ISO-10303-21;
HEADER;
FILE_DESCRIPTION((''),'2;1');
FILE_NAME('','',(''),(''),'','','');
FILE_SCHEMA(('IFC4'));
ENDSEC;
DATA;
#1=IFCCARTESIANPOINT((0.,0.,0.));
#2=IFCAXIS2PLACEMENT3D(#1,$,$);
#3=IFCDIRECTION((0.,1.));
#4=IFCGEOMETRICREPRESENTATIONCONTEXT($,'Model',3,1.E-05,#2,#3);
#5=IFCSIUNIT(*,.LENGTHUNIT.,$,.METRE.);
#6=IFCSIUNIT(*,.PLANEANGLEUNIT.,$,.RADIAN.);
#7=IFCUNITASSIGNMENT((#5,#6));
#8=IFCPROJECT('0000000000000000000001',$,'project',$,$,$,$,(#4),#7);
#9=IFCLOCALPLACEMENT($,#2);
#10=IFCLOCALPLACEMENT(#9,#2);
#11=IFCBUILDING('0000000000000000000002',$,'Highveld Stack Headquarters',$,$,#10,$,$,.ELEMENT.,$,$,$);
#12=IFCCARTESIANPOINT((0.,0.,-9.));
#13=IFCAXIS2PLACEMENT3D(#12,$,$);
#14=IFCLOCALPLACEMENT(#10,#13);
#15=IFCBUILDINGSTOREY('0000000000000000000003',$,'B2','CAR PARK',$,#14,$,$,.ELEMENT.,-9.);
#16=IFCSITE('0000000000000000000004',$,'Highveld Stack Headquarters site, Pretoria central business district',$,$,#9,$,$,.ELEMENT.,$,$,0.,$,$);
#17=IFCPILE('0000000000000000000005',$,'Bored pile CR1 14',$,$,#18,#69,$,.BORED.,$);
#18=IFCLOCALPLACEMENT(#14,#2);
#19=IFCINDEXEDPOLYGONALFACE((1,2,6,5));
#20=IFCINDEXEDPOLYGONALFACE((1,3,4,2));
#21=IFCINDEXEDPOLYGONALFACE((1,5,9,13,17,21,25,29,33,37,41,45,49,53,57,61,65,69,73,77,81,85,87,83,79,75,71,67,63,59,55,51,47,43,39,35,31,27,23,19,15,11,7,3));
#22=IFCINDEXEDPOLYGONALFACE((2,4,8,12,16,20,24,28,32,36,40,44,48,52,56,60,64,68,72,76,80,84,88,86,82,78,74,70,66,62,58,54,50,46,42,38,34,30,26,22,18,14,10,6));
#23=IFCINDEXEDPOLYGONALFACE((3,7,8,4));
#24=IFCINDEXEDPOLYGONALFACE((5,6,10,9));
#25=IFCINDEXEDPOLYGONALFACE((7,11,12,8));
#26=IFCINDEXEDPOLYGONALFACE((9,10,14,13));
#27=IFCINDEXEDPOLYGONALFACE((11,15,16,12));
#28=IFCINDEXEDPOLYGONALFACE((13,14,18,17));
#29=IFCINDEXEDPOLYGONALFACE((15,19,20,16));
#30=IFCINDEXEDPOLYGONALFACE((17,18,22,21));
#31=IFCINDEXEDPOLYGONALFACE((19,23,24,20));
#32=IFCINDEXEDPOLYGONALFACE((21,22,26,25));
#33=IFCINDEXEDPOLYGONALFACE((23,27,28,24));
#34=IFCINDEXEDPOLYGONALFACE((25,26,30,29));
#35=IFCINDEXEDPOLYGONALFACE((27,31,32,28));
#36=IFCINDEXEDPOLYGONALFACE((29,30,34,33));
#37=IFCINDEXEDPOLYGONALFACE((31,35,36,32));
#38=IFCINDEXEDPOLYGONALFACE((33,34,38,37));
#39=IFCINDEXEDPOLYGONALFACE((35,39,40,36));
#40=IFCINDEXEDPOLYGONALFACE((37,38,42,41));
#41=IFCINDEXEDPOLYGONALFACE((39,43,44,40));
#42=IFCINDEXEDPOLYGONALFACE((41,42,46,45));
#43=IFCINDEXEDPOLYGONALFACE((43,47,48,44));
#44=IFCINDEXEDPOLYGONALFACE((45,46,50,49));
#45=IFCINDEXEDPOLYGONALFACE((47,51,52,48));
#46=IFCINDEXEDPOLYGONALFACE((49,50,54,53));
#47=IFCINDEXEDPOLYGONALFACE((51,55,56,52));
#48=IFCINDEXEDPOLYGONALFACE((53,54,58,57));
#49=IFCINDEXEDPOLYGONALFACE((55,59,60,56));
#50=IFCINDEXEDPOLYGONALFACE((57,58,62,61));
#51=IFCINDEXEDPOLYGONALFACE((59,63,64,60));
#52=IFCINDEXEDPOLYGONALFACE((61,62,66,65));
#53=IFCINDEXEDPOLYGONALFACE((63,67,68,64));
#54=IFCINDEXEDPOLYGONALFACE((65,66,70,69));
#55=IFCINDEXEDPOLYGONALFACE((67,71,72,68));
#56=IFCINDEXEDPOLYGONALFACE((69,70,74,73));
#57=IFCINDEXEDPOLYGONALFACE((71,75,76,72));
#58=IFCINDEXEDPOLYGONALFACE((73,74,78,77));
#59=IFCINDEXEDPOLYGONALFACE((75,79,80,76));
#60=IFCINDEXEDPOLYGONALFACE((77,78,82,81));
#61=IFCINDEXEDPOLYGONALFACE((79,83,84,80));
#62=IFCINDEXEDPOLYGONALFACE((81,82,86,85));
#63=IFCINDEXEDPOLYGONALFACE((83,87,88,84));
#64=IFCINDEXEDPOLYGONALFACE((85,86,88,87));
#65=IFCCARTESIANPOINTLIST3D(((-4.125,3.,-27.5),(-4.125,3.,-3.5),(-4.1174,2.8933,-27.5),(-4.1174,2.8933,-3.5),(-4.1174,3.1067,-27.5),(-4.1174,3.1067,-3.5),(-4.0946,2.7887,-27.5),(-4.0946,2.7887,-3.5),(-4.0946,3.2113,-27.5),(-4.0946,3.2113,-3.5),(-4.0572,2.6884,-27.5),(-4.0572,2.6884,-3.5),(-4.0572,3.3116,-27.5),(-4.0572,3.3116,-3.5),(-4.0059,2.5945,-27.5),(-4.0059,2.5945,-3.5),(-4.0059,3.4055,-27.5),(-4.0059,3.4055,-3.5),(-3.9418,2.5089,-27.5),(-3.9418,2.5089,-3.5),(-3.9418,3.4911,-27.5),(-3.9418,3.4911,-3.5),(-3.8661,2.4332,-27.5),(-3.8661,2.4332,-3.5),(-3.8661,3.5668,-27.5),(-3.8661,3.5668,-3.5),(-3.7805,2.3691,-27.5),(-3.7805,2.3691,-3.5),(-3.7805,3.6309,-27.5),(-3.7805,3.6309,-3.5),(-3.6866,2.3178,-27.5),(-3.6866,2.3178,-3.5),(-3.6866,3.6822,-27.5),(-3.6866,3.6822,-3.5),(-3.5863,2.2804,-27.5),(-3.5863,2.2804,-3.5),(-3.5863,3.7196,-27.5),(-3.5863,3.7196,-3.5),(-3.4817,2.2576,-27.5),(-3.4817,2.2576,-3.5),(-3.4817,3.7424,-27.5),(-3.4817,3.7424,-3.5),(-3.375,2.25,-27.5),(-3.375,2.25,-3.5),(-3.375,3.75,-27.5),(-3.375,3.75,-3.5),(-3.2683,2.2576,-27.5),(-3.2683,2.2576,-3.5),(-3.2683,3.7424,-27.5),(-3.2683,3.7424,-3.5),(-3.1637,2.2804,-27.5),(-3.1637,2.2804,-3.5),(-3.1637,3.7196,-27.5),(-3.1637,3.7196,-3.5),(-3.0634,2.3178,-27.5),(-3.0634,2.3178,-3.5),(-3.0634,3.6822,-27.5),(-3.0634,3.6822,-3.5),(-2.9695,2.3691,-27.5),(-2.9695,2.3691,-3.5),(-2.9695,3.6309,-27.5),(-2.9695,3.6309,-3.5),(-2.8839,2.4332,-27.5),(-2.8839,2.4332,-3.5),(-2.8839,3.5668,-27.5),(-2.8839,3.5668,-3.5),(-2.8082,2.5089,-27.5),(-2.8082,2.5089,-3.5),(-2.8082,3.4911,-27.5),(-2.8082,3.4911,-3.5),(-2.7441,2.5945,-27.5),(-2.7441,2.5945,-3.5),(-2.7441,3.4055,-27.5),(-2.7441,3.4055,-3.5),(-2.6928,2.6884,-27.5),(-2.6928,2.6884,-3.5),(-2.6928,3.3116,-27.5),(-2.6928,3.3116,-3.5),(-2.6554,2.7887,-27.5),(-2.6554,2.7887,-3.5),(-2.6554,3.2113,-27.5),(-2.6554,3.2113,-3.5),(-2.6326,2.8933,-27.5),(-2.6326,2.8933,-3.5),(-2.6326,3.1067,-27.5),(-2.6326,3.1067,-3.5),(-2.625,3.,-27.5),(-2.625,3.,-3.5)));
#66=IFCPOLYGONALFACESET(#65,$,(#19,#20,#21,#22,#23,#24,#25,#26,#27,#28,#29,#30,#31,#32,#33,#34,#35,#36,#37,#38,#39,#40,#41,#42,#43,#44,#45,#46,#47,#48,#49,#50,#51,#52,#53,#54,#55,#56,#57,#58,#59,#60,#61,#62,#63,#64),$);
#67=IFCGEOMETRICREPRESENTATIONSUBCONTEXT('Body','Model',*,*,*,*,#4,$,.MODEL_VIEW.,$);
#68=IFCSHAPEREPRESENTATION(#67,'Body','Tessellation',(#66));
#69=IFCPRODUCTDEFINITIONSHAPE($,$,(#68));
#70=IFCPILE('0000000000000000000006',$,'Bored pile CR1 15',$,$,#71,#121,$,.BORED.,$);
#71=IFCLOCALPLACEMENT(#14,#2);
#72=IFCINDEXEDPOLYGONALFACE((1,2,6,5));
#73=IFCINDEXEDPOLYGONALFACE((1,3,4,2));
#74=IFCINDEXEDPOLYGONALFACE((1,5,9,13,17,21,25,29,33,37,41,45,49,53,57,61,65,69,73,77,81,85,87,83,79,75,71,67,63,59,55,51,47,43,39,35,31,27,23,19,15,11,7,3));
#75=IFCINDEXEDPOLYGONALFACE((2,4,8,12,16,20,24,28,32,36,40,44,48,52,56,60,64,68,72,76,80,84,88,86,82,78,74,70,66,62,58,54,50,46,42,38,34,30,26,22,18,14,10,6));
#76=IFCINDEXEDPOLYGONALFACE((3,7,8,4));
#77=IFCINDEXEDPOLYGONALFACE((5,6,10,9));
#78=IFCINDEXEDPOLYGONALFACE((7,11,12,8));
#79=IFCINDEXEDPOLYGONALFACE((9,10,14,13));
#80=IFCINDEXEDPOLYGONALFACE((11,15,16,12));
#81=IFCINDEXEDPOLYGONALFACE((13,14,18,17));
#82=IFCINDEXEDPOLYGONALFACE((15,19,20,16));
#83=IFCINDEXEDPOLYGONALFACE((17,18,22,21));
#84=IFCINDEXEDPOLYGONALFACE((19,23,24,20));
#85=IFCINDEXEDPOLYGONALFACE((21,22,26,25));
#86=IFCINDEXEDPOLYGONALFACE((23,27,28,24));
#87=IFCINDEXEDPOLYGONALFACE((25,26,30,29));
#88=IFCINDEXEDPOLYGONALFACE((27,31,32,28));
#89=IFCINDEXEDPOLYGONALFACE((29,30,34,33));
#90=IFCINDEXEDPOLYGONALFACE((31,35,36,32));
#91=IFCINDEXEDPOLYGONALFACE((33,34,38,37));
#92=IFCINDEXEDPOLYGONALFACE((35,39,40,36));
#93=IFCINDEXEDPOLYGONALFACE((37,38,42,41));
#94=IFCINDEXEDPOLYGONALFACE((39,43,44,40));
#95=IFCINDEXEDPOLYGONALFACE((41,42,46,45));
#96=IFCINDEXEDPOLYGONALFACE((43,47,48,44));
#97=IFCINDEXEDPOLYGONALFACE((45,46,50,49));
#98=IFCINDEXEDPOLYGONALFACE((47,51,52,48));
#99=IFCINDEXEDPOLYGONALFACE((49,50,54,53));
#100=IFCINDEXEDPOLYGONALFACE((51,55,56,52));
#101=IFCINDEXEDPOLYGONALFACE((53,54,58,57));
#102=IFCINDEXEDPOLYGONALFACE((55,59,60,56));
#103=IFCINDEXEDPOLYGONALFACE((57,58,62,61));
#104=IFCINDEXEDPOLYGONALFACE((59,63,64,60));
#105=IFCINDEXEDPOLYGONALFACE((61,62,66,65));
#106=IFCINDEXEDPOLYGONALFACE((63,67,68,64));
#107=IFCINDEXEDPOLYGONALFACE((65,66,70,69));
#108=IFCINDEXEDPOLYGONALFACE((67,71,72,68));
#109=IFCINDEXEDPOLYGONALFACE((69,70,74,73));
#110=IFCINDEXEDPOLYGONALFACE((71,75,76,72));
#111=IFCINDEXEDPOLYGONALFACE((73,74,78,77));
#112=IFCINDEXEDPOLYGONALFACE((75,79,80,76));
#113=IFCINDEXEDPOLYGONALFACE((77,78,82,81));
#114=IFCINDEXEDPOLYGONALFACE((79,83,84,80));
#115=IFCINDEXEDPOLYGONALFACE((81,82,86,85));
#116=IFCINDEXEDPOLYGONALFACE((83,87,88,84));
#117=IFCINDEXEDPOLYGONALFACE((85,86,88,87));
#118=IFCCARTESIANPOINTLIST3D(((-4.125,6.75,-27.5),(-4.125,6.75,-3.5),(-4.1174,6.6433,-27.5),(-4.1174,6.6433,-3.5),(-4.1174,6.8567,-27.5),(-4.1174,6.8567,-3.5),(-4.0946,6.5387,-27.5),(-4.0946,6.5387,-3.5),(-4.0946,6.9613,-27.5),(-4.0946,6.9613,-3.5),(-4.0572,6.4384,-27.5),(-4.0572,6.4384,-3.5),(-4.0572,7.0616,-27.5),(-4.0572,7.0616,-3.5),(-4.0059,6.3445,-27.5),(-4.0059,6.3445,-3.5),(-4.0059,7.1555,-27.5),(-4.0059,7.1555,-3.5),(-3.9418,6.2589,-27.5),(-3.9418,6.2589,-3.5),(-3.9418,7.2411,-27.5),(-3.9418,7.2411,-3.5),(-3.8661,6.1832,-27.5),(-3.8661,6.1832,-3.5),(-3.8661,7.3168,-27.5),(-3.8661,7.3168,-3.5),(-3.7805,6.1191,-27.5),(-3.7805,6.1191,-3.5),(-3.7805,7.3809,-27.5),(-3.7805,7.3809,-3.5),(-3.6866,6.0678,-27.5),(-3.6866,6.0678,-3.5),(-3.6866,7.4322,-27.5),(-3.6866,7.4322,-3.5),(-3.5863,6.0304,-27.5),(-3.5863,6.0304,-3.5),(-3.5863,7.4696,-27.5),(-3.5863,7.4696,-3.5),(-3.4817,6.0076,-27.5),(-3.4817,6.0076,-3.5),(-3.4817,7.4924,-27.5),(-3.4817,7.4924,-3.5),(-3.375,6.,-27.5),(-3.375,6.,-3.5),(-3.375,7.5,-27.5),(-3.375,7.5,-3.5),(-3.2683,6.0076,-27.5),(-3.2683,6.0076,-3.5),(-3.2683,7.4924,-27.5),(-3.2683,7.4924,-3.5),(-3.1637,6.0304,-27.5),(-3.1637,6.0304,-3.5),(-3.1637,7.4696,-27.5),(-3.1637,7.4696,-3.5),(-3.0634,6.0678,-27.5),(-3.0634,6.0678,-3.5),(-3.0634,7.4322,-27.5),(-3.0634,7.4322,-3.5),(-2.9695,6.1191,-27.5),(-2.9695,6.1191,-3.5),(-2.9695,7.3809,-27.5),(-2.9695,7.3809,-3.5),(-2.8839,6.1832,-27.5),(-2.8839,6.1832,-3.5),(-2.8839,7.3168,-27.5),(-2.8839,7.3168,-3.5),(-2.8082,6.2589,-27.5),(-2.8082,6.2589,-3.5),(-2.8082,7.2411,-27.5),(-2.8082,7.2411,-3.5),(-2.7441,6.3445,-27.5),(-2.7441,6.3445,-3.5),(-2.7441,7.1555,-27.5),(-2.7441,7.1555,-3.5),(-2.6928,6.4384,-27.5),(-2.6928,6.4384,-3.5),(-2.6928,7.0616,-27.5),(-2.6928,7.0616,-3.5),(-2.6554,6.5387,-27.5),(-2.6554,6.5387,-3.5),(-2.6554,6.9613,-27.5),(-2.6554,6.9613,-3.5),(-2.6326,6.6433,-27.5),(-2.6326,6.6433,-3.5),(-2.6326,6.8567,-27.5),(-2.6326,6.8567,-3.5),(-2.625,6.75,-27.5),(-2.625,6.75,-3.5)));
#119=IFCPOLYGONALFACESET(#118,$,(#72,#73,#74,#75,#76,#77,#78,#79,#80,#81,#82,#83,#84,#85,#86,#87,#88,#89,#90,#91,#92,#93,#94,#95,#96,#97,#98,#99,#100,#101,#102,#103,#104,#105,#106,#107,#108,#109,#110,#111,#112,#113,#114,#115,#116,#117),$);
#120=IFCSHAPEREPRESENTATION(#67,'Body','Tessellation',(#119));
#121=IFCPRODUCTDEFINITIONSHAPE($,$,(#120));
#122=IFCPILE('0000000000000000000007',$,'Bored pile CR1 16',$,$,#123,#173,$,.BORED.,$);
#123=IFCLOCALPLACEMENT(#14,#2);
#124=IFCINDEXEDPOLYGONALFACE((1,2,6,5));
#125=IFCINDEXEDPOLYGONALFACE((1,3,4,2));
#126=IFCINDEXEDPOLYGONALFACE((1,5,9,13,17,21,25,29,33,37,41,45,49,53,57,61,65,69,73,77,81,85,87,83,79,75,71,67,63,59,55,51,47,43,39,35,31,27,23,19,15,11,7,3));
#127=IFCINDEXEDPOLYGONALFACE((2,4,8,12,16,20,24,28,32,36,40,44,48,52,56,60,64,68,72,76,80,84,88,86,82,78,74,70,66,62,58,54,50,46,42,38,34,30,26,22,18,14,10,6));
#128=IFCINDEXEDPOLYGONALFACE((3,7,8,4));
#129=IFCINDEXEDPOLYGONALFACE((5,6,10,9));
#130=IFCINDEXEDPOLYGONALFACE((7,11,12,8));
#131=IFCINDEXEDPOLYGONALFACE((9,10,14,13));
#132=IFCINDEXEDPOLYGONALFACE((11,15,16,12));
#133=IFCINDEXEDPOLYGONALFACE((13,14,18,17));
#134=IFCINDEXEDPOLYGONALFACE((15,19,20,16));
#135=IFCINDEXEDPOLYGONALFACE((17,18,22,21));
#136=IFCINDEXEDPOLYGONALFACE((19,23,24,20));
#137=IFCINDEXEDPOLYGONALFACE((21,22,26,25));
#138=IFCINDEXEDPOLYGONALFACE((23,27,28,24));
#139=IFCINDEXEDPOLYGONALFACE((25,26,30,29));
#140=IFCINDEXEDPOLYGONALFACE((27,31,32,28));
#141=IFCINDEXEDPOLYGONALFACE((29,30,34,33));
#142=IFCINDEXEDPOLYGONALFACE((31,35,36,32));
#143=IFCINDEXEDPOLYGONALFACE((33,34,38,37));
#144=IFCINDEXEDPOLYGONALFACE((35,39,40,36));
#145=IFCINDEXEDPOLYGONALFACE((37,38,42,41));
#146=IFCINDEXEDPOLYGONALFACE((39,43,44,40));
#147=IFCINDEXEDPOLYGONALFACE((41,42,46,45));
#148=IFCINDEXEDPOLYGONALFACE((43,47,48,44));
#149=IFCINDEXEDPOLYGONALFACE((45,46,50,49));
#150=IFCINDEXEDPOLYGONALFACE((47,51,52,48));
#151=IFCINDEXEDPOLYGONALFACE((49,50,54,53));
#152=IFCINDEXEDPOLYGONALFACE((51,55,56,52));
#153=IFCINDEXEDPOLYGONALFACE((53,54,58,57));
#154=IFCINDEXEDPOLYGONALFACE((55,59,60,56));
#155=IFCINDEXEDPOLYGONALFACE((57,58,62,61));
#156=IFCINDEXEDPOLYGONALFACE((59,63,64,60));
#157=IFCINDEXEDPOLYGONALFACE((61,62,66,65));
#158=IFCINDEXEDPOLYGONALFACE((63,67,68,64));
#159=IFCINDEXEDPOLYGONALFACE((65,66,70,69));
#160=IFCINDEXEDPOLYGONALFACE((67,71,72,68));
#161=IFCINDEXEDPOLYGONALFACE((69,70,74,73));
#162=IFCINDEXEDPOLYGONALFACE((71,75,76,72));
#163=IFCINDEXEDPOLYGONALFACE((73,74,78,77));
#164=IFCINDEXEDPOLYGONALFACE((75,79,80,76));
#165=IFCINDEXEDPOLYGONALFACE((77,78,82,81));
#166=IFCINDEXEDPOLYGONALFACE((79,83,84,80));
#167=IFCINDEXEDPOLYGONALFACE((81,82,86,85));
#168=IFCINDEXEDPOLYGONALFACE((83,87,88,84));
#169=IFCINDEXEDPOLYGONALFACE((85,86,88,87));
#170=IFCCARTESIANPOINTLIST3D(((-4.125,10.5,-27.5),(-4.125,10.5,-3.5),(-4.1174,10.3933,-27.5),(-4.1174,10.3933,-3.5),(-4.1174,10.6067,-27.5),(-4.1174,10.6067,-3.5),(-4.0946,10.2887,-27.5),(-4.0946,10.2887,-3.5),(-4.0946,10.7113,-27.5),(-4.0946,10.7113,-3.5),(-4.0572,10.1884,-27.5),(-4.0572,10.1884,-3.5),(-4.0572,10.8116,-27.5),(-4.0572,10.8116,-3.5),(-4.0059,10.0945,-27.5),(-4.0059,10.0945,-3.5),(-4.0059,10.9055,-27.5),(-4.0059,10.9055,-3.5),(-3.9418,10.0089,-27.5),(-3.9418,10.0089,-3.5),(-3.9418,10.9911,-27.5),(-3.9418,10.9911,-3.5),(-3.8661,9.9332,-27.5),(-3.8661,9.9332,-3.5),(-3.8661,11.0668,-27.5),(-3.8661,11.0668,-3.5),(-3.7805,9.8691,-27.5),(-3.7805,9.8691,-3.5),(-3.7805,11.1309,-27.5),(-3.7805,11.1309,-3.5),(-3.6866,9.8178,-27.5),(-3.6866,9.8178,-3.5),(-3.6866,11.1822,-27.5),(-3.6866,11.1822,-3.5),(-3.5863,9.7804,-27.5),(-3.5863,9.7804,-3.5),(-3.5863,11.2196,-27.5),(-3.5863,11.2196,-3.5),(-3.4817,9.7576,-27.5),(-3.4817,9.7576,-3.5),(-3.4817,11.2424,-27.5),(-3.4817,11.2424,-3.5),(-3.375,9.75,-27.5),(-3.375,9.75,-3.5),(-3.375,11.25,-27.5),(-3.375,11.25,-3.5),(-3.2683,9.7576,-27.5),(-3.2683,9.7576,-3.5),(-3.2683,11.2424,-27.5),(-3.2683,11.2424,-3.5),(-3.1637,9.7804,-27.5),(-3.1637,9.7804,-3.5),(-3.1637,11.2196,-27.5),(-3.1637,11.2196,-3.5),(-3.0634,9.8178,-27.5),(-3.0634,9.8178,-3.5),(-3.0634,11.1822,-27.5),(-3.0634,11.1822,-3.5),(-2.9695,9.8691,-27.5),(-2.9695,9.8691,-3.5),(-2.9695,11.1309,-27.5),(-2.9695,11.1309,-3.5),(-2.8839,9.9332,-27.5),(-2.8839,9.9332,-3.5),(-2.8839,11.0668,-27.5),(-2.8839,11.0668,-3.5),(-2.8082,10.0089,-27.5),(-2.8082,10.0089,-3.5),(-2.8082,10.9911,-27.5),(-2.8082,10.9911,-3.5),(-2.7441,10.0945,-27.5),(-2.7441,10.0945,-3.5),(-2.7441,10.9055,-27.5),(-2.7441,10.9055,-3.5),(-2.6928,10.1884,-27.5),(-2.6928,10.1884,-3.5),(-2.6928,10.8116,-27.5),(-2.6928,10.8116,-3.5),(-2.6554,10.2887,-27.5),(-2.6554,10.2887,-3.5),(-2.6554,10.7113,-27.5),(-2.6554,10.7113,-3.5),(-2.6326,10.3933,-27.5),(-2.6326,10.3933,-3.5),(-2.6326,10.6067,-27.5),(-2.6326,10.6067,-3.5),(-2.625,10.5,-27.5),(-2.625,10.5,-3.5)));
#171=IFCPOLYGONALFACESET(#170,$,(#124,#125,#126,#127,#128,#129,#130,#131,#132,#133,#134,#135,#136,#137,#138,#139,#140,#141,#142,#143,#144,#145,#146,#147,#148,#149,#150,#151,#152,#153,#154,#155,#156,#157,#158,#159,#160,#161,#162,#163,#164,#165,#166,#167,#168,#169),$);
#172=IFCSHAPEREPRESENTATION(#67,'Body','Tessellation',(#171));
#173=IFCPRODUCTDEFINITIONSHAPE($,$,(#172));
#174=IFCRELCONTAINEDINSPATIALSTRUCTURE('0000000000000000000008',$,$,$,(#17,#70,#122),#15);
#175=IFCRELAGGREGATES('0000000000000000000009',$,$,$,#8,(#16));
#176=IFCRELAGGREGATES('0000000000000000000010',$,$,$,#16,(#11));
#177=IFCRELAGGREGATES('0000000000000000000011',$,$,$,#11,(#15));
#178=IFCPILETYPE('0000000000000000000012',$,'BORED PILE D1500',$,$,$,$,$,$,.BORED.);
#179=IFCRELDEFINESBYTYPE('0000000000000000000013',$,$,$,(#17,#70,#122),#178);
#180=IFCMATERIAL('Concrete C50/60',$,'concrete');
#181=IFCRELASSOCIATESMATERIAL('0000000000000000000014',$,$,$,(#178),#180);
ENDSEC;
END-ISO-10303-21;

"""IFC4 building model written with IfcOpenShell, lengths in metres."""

from ifc_helpers import new_model, si_unit, direction, frame, origin, origin_2d, place, context, subcontext, project, spatial, circle, extrude, material, type_object, element, save


model = new_model("IFC4")

# Units and contexts
model_context = context("Model", 3, precision=1e-05, world=origin(), true_north=direction((0.0, 1.0)))
body_context = subcontext(model_context, "Body", "Model", "MODEL_VIEW")
ifc_project = project(units=[si_unit("LENGTHUNIT", "METRE"), si_unit("PLANEANGLEUNIT", "RADIAN")], contexts=[model_context])

# Site, building, storey
site_placement = place(None, origin())
site = spatial("IfcSite", under=ifc_project, at=site_placement, Name="Highveld Stack Headquarters site, Pretoria central business district", CompositionType="ELEMENT", RefElevation=0.0)
building_placement = place(site_placement, origin())
building = spatial("IfcBuilding", under=site, at=building_placement, Name="Highveld Stack Headquarters", CompositionType="ELEMENT")
storey_placement = place(building_placement, frame((0.0, 0.0, -9.0)))
storey = spatial("IfcBuildingStorey", under=building, at=storey_placement, Name="B2", Description="CAR PARK", CompositionType="ELEMENT", Elevation=-9.0)

# Piles
ifc_material_1 = material(Name="Concrete C50/60", Category="concrete")
pile_type = type_object("IfcPileType", Name="BORED PILE D1500", PredefinedType="BORED", material=ifc_material_1)
for number, where, z_axis, x_axis, name in (
    (1, (-3.375, 3.0, -3.5), (0.0, 0.0, -1.0), (1.0, 0.0, 0.0), "Bored pile CR1 14"),
    (2, (-3.375, 6.75, -3.5), (0.0, 0.0, -1.0), (1.0, 0.0, 0.0), "Bored pile CR1 15"),
    (3, (-3.375, 10.5, -3.5), (0.0, 0.0, -1.0), (1.0, 0.0, 0.0), "Bored pile CR1 16"),
):
    element("IfcPile", number, at=place(storey_placement, frame(where, z_axis=z_axis, x_axis=x_axis)), inside=storey, type_object=pile_type, Name=name, PredefinedType="BORED", context=body_context, shape_type="SweptSolid", body=[
        extrude(circle(Radius=0.75, at=origin_2d()), origin(), (0.0, 0.0, 1.0), 24.0),
    ])

save(model, "model.ifc")
